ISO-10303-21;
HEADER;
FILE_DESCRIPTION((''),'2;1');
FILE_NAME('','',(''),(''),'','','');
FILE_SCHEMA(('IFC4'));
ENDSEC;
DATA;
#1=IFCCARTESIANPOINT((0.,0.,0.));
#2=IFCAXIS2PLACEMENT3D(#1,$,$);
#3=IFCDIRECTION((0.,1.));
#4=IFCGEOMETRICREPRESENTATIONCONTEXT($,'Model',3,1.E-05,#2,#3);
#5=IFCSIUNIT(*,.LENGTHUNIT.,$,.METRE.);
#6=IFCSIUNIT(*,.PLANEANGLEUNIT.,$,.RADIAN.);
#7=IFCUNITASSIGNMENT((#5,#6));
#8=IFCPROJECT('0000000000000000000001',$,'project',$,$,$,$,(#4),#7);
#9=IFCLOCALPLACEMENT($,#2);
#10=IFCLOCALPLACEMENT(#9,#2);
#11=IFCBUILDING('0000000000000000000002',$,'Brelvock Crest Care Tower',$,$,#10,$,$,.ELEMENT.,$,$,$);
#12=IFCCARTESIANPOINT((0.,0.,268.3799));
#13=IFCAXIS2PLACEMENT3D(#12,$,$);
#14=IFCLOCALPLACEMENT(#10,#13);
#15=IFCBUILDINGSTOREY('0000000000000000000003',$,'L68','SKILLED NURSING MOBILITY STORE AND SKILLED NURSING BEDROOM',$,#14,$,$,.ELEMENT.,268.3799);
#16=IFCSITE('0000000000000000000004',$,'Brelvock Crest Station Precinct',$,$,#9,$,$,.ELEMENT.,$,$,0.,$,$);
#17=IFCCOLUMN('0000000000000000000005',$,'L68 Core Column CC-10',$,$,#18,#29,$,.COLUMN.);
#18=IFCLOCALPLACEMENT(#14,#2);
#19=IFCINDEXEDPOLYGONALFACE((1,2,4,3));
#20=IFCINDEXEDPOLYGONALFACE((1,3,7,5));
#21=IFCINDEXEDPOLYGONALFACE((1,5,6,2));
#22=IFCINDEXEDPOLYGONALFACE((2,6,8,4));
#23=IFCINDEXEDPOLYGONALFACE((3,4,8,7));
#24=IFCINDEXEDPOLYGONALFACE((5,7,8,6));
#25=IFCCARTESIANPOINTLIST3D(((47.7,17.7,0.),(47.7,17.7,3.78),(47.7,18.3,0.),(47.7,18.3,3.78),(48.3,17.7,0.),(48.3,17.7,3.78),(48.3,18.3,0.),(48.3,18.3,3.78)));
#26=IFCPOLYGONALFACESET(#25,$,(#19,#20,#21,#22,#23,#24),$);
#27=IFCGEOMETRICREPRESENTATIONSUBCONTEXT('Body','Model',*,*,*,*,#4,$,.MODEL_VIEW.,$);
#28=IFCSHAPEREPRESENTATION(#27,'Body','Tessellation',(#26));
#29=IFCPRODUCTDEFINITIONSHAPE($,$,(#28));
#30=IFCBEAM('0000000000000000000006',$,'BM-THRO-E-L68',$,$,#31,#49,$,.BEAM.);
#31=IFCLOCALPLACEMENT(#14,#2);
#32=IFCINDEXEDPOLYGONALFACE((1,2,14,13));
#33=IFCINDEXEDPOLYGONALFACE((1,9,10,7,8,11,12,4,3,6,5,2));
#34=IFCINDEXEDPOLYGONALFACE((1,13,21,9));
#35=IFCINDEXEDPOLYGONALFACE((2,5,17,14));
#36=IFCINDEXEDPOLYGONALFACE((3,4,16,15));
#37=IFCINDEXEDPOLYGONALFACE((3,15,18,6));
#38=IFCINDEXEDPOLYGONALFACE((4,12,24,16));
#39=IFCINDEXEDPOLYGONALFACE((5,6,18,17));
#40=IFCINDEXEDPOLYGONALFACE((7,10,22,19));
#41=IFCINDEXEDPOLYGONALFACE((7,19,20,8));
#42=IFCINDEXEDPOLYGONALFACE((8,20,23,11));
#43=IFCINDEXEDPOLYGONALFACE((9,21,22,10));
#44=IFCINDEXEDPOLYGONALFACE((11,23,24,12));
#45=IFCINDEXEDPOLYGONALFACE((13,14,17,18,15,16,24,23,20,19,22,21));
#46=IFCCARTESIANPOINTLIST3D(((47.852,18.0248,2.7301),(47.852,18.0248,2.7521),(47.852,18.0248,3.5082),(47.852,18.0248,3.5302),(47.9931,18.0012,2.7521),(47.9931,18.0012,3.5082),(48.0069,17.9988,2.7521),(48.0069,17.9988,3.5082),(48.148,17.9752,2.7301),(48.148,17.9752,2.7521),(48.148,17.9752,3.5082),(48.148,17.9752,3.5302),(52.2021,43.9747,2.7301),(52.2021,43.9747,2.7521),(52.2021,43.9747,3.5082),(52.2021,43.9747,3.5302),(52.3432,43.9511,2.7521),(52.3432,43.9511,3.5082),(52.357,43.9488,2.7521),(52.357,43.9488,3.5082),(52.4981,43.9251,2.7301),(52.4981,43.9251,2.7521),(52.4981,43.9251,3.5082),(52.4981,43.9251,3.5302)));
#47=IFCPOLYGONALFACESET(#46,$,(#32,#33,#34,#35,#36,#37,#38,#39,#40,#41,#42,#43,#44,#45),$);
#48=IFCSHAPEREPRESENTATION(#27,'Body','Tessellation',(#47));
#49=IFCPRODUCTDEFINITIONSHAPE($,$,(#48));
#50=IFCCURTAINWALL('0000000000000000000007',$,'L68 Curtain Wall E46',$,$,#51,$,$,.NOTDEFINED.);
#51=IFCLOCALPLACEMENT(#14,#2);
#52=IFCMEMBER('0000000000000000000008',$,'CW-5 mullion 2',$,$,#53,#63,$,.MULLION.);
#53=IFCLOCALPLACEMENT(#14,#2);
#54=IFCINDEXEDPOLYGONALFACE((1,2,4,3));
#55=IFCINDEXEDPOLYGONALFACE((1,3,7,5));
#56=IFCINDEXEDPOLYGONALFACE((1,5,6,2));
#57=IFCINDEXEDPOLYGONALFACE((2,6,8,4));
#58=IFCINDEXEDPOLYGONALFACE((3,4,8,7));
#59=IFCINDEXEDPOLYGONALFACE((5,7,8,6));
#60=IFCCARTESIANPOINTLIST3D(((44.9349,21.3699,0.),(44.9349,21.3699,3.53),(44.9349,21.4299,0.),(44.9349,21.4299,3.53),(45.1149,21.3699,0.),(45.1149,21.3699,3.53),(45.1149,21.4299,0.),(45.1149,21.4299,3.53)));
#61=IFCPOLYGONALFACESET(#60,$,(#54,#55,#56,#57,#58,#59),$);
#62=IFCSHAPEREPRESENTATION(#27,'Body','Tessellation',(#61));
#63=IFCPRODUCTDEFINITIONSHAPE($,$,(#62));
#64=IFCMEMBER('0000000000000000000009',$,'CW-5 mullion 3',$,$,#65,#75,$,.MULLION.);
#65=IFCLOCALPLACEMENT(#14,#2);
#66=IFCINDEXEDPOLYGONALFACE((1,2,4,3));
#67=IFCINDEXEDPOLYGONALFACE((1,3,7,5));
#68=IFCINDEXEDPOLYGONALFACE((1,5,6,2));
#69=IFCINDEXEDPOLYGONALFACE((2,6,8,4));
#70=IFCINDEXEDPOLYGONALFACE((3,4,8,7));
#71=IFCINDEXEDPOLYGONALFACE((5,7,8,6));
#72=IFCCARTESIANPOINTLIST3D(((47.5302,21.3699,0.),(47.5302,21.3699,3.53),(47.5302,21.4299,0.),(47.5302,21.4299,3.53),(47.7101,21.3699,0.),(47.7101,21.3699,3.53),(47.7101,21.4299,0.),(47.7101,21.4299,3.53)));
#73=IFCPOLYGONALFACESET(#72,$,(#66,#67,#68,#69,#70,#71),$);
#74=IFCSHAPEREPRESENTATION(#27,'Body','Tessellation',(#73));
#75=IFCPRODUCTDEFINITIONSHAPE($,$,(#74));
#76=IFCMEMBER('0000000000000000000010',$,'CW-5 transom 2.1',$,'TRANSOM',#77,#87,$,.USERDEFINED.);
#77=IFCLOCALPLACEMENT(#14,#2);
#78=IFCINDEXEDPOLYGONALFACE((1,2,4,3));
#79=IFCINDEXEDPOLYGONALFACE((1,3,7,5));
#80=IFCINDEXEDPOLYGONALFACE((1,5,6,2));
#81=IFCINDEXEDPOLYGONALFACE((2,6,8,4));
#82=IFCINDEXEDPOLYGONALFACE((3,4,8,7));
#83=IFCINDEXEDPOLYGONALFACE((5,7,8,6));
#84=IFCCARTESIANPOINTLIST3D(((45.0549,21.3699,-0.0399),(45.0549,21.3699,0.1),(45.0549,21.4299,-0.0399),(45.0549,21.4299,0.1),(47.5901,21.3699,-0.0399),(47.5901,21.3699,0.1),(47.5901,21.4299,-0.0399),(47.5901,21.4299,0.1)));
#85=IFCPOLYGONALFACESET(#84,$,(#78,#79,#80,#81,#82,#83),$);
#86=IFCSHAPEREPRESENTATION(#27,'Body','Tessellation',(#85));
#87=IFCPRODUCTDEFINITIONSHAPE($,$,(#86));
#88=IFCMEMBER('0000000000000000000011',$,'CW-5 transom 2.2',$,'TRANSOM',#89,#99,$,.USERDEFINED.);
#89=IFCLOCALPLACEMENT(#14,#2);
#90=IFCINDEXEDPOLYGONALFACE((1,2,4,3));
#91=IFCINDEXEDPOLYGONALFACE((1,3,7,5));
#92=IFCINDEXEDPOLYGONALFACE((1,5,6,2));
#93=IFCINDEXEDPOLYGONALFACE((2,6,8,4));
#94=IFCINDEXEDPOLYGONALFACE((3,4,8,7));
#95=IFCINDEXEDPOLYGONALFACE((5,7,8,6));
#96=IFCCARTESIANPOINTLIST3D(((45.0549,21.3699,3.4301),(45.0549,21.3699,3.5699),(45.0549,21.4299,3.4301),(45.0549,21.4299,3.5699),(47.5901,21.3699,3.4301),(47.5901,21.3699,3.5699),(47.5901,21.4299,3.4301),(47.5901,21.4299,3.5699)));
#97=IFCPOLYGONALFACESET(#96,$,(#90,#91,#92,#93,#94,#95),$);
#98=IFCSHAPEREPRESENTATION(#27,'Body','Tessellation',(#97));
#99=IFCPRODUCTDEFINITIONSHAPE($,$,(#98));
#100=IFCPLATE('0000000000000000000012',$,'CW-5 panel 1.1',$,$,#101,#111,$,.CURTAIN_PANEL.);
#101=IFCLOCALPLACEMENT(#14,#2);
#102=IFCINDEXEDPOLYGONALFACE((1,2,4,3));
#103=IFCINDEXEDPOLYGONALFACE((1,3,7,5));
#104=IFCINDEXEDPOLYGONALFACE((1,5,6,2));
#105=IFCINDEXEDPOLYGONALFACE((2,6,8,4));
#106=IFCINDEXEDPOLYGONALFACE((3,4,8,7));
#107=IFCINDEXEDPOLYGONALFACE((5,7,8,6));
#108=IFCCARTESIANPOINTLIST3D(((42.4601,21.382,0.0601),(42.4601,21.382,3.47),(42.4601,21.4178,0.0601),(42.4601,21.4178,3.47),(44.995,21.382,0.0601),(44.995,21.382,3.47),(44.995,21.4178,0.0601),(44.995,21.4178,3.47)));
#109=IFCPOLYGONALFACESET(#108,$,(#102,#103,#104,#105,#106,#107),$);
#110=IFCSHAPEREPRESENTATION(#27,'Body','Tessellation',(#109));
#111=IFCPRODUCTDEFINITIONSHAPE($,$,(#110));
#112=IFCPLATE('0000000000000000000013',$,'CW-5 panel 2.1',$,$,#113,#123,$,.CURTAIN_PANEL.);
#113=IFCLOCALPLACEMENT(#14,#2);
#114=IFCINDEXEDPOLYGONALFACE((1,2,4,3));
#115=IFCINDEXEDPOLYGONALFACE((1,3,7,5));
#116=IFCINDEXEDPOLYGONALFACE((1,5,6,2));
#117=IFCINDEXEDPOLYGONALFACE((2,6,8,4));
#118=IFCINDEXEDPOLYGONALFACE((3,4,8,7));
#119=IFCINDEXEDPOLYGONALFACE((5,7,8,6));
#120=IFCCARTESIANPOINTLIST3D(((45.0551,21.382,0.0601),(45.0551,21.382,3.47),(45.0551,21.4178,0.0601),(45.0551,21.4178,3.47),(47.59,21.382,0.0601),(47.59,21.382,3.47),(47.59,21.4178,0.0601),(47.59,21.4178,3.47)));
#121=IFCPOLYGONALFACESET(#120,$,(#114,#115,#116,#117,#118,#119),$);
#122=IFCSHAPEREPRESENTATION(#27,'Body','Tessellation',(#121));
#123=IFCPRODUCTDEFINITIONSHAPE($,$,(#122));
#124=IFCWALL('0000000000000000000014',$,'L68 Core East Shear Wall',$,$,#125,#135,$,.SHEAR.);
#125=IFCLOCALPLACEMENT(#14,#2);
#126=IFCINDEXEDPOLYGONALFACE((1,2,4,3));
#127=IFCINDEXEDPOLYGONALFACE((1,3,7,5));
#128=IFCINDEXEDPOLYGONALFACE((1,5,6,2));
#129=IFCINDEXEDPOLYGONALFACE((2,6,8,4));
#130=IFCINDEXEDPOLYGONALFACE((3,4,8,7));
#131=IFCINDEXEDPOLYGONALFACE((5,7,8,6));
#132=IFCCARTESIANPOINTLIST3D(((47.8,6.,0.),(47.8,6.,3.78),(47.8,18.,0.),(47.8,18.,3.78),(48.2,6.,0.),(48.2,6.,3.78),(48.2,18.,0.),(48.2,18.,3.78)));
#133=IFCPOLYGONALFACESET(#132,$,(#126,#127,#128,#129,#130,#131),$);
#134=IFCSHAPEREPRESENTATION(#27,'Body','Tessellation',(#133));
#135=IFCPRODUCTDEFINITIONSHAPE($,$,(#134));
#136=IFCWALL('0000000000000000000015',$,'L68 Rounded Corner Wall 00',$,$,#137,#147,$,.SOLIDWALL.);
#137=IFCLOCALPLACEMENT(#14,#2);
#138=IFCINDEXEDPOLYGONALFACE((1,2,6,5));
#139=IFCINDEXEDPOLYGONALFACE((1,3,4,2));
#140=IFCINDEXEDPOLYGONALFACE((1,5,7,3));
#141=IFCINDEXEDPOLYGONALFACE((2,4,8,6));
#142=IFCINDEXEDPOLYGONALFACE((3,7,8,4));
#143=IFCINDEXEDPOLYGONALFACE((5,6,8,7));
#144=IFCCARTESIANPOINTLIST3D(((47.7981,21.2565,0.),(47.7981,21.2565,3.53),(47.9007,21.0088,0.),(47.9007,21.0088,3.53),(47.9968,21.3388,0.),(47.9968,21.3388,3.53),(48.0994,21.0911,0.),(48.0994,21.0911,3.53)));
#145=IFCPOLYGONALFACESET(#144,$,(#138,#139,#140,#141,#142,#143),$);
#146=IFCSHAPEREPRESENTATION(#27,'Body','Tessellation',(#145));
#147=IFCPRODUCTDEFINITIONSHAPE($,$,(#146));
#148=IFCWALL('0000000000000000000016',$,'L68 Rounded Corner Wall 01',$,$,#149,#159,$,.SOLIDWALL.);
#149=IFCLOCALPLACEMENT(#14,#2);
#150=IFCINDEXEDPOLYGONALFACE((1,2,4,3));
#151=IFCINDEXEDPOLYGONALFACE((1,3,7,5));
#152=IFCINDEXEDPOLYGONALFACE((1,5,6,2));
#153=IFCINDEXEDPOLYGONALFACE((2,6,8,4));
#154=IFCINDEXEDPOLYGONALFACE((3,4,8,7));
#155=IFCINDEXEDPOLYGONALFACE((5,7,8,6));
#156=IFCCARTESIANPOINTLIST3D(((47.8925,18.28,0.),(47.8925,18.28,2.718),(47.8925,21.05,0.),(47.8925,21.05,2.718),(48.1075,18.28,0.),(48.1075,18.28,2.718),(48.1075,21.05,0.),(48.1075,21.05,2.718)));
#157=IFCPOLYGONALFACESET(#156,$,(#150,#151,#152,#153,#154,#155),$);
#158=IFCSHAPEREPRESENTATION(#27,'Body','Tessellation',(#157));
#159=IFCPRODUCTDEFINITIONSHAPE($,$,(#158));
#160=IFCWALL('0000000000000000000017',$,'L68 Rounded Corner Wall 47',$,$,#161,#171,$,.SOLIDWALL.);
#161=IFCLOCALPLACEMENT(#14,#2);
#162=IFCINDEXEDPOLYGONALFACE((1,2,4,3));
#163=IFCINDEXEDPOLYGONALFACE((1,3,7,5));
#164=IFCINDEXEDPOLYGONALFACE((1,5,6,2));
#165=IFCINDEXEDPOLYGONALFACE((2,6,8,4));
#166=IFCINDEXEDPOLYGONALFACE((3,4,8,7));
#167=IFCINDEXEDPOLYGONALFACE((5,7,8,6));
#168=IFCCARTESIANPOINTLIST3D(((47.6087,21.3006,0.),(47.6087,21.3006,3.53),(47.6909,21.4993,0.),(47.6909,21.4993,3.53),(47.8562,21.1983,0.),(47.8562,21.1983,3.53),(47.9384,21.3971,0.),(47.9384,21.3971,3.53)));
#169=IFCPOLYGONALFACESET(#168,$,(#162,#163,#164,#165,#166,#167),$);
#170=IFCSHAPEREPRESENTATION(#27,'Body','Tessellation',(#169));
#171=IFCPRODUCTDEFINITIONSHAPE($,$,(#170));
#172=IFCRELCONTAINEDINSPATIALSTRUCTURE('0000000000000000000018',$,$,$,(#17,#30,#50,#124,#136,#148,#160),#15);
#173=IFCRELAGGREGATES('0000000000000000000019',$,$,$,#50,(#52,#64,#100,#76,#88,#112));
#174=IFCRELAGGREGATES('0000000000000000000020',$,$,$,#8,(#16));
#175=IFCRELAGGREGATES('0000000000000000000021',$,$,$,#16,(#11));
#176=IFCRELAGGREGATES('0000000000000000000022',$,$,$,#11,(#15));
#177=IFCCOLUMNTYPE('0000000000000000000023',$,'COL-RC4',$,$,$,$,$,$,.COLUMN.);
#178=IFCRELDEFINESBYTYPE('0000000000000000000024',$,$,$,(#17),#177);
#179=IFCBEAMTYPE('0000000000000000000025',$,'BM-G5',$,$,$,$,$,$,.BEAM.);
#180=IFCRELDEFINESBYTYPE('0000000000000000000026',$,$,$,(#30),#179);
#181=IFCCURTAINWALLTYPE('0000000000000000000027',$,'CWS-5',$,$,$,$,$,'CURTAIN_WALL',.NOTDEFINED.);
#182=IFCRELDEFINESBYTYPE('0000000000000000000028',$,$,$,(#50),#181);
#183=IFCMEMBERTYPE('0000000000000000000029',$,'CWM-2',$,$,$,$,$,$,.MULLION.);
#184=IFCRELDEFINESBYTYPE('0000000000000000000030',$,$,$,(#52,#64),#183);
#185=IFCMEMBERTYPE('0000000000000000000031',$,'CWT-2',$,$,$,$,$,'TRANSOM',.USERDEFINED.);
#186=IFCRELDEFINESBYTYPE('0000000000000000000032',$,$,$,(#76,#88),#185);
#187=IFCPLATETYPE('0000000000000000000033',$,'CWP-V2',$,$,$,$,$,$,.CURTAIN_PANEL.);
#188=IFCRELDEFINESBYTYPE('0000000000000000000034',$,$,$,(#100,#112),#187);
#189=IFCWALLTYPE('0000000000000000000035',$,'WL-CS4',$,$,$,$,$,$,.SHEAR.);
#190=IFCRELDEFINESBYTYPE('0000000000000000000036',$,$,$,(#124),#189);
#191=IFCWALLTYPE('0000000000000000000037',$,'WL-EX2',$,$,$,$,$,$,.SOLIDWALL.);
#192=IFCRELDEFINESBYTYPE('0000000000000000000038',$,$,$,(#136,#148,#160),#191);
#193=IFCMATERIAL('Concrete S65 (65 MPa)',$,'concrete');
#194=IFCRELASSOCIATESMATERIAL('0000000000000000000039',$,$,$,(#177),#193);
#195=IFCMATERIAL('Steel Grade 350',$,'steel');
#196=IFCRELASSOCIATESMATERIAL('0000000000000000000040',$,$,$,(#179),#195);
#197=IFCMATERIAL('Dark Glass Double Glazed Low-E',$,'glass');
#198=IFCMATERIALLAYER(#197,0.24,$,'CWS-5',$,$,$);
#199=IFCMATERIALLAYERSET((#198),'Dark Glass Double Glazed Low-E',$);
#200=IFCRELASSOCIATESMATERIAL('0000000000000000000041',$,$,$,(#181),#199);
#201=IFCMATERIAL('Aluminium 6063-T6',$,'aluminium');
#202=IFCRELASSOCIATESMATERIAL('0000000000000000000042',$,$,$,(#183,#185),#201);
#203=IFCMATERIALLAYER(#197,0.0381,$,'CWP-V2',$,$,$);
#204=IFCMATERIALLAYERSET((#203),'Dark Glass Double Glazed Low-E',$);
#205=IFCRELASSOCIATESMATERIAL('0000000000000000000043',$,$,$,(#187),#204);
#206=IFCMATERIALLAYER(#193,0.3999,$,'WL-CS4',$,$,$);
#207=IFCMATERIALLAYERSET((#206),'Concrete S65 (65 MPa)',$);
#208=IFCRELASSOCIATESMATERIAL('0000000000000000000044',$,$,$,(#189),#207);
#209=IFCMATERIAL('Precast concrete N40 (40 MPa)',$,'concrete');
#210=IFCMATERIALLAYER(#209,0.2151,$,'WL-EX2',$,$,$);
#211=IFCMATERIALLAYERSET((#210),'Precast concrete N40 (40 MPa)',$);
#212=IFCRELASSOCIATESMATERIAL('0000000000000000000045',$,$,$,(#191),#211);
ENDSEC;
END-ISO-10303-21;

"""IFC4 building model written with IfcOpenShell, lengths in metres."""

from ifc_helpers import new_model, si_unit, direction, frame, frame_2d, origin, origin_2d, place, context, subcontext, project, spatial, rectangle, i_section, extrude, source, transform, mapped, material, layer, layer_set, material_profile, profile_set, type_object, element, aggregate, save


model = new_model("IFC4")

# Units and contexts
model_context = context("Model", 3, precision=1e-05, world=origin(), true_north=direction((0.0, 1.0)))
body_context = subcontext(model_context, "Body", "Model", "MODEL_VIEW")
ifc_project = project(units=[si_unit("LENGTHUNIT", "METRE"), si_unit("PLANEANGLEUNIT", "RADIAN")], contexts=[model_context])

# Site, building, storey
site_placement = place(None, origin())
site = spatial("IfcSite", under=ifc_project, at=site_placement, Name="Brelvock Crest Station Precinct", CompositionType="ELEMENT", RefElevation=0.0)
building_placement = place(site_placement, origin())
building = spatial("IfcBuilding", under=site, at=building_placement, Name="Brelvock Crest Care Tower", CompositionType="ELEMENT")
storey_placement = place(building_placement, frame((0.0, 0.0, 268.3799)))
storey = spatial("IfcBuildingStorey", under=building, at=storey_placement, Name="L68", Description="SKILLED NURSING MOBILITY STORE AND SKILLED NURSING BEDROOM", CompositionType="ELEMENT", Elevation=268.3799)

# Column
ifc_material_1 = material(Name="Concrete S65 (65 MPa)", Category="concrete")
ifc_material_profile_1 = material_profile(ifc_material_1, rectangle(XDim=0.6001, YDim=0.6001, at=origin_2d()), Name="RC600x600")
ifc_profile_set_1 = profile_set([ifc_material_profile_1], Name="Concrete S65 (65 MPa)")
column_type = type_object("IfcColumnType", Name="COL-RC4", PredefinedType="COLUMN", material=ifc_profile_set_1)
shared_shape_1 = source(origin(), body_context, "Body", "SweptSolid", [
    extrude(rectangle(XDim=0.6001, YDim=0.6001, at=origin_2d()), origin(), (0.0, 0.0, 1.0), 3.78),
])
column_placement = place(storey_placement, frame((48.0, 18.0, 0.0), z_axis=(0.0, 0.0, 1.0), x_axis=(1.0, 0.0, 0.0)))
element("IfcColumn", 1, at=column_placement, inside=storey, type_object=column_type, Name="L68 Core Column CC-10", PredefinedType="COLUMN", context=body_context, shape_type="MappedRepresentation", body=[
    mapped(shared_shape_1, transform((0.0, 0.0, 0.0), x_axis=(1.0, 0.0, 0.0), y_axis=(0.0, 1.0, 0.0), z_axis=(0.0, 0.0, 1.0), scale=1.0)),
])

# Beam
ifc_material_2 = material(Name="Steel Grade 350", Category="steel")
ifc_material_profile_2 = material_profile(ifc_material_2, i_section(OverallWidth=0.3, OverallDepth=0.8, WebThickness=0.0139, FlangeThickness=0.022, at=origin_2d()), Name="800WB192")
ifc_profile_set_2 = profile_set([ifc_material_profile_2], Name="Steel Grade 350")
beam_type = type_object("IfcBeamType", Name="BM-G5", PredefinedType="BEAM", material=ifc_profile_set_2)
shared_shape_2 = source(origin(), body_context, "Body", "SweptSolid", [
    extrude(i_section(OverallWidth=0.3, OverallDepth=0.8, WebThickness=0.0139, FlangeThickness=0.022, at=origin_2d()), origin(), (0.0, 0.0, 1.0), 26.312),
])
beam_placement = place(storey_placement, frame((48.0, 18.0, 3.1301), z_axis=(0.165327, 0.986239, 0.0), x_axis=(-0.986239, 0.165327, 0.0)))
element("IfcBeam", 2, at=beam_placement, inside=storey, type_object=beam_type, Name="BM-THRO-E-L68", PredefinedType="BEAM", context=body_context, shape_type="MappedRepresentation", body=[
    mapped(shared_shape_2, transform((0.0, 0.0, 0.0), x_axis=(1.0, 0.0, 0.0), y_axis=(0.0, 1.0, 0.0), z_axis=(0.0, 0.0, 1.0), scale=1.0)),
])

# Curtain wall, members, plates
ifc_material_3 = material(Name="Dark Glass Double Glazed Low-E", Category="glass")
ifc_layer_1 = layer(ifc_material_3, 0.24, Name="CWS-5")
ifc_layer_set_1 = layer_set([ifc_layer_1], Name="Dark Glass Double Glazed Low-E")
curtain_wall_type = type_object("IfcCurtainWallType", Name="CWS-5", ElementType="CURTAIN_WALL", PredefinedType="NOTDEFINED", material=ifc_layer_set_1)
curtain_wall_placement = place(storey_placement, origin())
curtain_wall = element("IfcCurtainWall", 3, at=curtain_wall_placement, inside=storey, type_object=curtain_wall_type, Name="L68 Curtain Wall E46", PredefinedType="NOTDEFINED")
ifc_material_4 = material(Name="Aluminium 6063-T6", Category="aluminium")
ifc_material_profile_3 = material_profile(ifc_material_4, rectangle(XDim=0.0601, YDim=0.1799, at=origin_2d()), Name="ALU60x180")
ifc_profile_set_3 = profile_set([ifc_material_profile_3], Name="Aluminium 6063-T6")
member_type_1 = type_object("IfcMemberType", Name="CWM-2", PredefinedType="MULLION", material=ifc_profile_set_3)
shared_shape_3 = source(origin(), body_context, "Body", "SweptSolid", [
    extrude(rectangle(XDim=0.0601, YDim=0.1799, at=origin_2d()), origin(), (0.0, 0.0, 1.0), 3.53),
])
member_1_placement = place(storey_placement, frame((45.0249, 21.3999, 0.0), z_axis=(0.0, 0.0, 1.0), x_axis=(0.0, 1.0, 0.0)))
member_1 = element("IfcMember", 4, at=member_1_placement, type_object=member_type_1, Name="CW-5 mullion 2", PredefinedType="MULLION", context=body_context, shape_type="MappedRepresentation", body=[
    mapped(shared_shape_3, transform((0.0, 0.0, 0.0), x_axis=(1.0, 0.0, 0.0), y_axis=(0.0, 1.0, 0.0), z_axis=(0.0, 0.0, 1.0), scale=1.0)),
])
member_2_placement = place(storey_placement, frame((47.6201, 21.3999, 0.0), z_axis=(0.0, 0.0, 1.0), x_axis=(0.0, 1.0, 0.0)))
member_2 = element("IfcMember", 5, at=member_2_placement, type_object=member_type_1, Name="CW-5 mullion 3", PredefinedType="MULLION", context=body_context, shape_type="MappedRepresentation", body=[
    mapped(shared_shape_3, transform((0.0, 0.0, 0.0), x_axis=(1.0, 0.0, 0.0), y_axis=(0.0, 1.0, 0.0), z_axis=(0.0, 0.0, 1.0), scale=1.0)),
])
ifc_material_profile_4 = material_profile(ifc_material_4, rectangle(XDim=0.0601, YDim=0.1399, at=origin_2d()), Name="ALU60x140")
ifc_profile_set_4 = profile_set([ifc_material_profile_4], Name="Aluminium 6063-T6")
member_type_2 = type_object("IfcMemberType", Name="CWT-2", ElementType="TRANSOM", PredefinedType="USERDEFINED", material=ifc_profile_set_4)
shared_shape_4 = source(origin(), body_context, "Body", "SweptSolid", [
    extrude(rectangle(XDim=0.0601, YDim=0.1399, at=origin_2d()), origin(), (0.0, 0.0, 1.0), 2.5352),
])
member_3_placement = place(storey_placement, frame((45.0549, 21.3999, 0.03), z_axis=(1.0, 0.0, 0.0), x_axis=(0.0, 1.0, 0.0)))
member_3 = element("IfcMember", 6, at=member_3_placement, type_object=member_type_2, Name="CW-5 transom 2.1", ObjectType="TRANSOM", PredefinedType="USERDEFINED", context=body_context, shape_type="MappedRepresentation", body=[
    mapped(shared_shape_4, transform((0.0, 0.0, 0.0), x_axis=(1.0, 0.0, 0.0), y_axis=(0.0, 1.0, 0.0), z_axis=(0.0, 0.0, 1.0), scale=1.0)),
])
member_4_placement = place(storey_placement, frame((45.0549, 21.3999, 3.5), z_axis=(1.0, 0.0, 0.0), x_axis=(0.0, 1.0, 0.0)))
member_4 = element("IfcMember", 7, at=member_4_placement, type_object=member_type_2, Name="CW-5 transom 2.2", ObjectType="TRANSOM", PredefinedType="USERDEFINED", context=body_context, shape_type="MappedRepresentation", body=[
    mapped(shared_shape_4, transform((0.0, 0.0, 0.0), x_axis=(1.0, 0.0, 0.0), y_axis=(0.0, 1.0, 0.0), z_axis=(0.0, 0.0, 1.0), scale=1.0)),
])
ifc_layer_2 = layer(ifc_material_3, 0.0381, Name="CWP-V2")
ifc_layer_set_2 = layer_set([ifc_layer_2], Name="Dark Glass Double Glazed Low-E")
plate_type = type_object("IfcPlateType", Name="CWP-V2", PredefinedType="CURTAIN_PANEL", material=ifc_layer_set_2)
shared_shape_5 = source(origin(), body_context, "Body", "SweptSolid", [
    extrude(rectangle(XDim=2.5349, YDim=0.0359, at=origin_2d()), origin(), (0.0, 0.0, 1.0), 3.4099),
])
plate_1_placement = place(storey_placement, frame((43.7275, 21.3999, 0.0601), z_axis=(0.0, 0.0, 1.0), x_axis=(1.0, 0.0, 0.0)))
plate_1 = element("IfcPlate", 8, at=plate_1_placement, type_object=plate_type, Name="CW-5 panel 1.1", PredefinedType="CURTAIN_PANEL", context=body_context, shape_type="MappedRepresentation", body=[
    mapped(shared_shape_5, transform((0.0, 0.0, 0.0), x_axis=(1.0, 0.0, 0.0), y_axis=(0.0, 1.0, 0.0), z_axis=(0.0, 0.0, 1.0), scale=1.0)),
])
plate_2_placement = place(storey_placement, frame((46.3225, 21.3999, 0.0601), z_axis=(0.0, 0.0, 1.0), x_axis=(1.0, 0.0, 0.0)))
plate_2 = element("IfcPlate", 9, at=plate_2_placement, type_object=plate_type, Name="CW-5 panel 2.1", PredefinedType="CURTAIN_PANEL", context=body_context, shape_type="MappedRepresentation", body=[
    mapped(shared_shape_5, transform((0.0, 0.0, 0.0), x_axis=(1.0, 0.0, 0.0), y_axis=(0.0, 1.0, 0.0), z_axis=(0.0, 0.0, 1.0), scale=1.0)),
])
aggregate(curtain_wall, [member_1, member_2, plate_1, member_3, member_4, plate_2])

# Walls
ifc_layer_3 = layer(ifc_material_1, 0.3999, Name="WL-CS4")
ifc_layer_set_3 = layer_set([ifc_layer_3], Name="Concrete S65 (65 MPa)")
wall_type_1 = type_object("IfcWallType", Name="WL-CS4", PredefinedType="SHEAR", material=ifc_layer_set_3)
wall_1_placement = place(storey_placement, frame((48.0, 18.0, 0.0), z_axis=(0.0, 0.0, 1.0), x_axis=(0.0, -1.0, 0.0)))
element("IfcWall", 10, at=wall_1_placement, inside=storey, type_object=wall_type_1, Name="L68 Core East Shear Wall", PredefinedType="SHEAR", context=body_context, shape_type="SweptSolid", body=[
    extrude(rectangle(XDim=12.0, YDim=0.3999, at=frame_2d((6.0, 0.0))), origin(), (0.0, 0.0, 1.0), 3.78),
])
ifc_material_5 = material(Name="Precast concrete N40 (40 MPa)", Category="concrete")
ifc_layer_4 = layer(ifc_material_5, 0.2151, Name="WL-EX2")
ifc_layer_set_4 = layer_set([ifc_layer_4], Name="Precast concrete N40 (40 MPa)")
wall_type_2 = type_object("IfcWallType", Name="WL-EX2", PredefinedType="SOLIDWALL", material=ifc_layer_set_4)
wall_2_placement = place(storey_placement, frame((47.8975, 21.2976, 0.0), z_axis=(0.0, 0.0, 1.0), x_axis=(0.382674, -0.923884, 0.0)))
element("IfcWall", 11, at=wall_2_placement, inside=storey, type_object=wall_type_2, Name="L68 Rounded Corner Wall 00", PredefinedType="SOLIDWALL", context=body_context, shape_type="SweptSolid", body=[
    extrude(rectangle(XDim=0.2681, YDim=0.2151, at=frame_2d((0.134, 0.0))), origin(), (0.0, 0.0, 1.0), 3.53),
])
wall_3_placement = place(storey_placement, frame((48.0, 21.05, 0.0), z_axis=(0.0, 0.0, 1.0), x_axis=(0.0, -1.0, 0.0)))
element("IfcWall", 12, at=wall_3_placement, inside=storey, type_object=wall_type_2, Name="L68 Rounded Corner Wall 01", PredefinedType="SOLIDWALL", context=body_context, shape_type="SweptSolid", body=[
    extrude(rectangle(XDim=2.77, YDim=0.2151, at=frame_2d((1.385, 0.0))), origin(), (0.0, 0.0, 1.0), 2.718),
])
wall_4_placement = place(storey_placement, frame((47.6499, 21.3999, 0.0), z_axis=(0.0, 0.0, 1.0), x_axis=(0.924205, -0.381896, 0.0)))
element("IfcWall", 13, at=wall_4_placement, inside=storey, type_object=wall_type_2, Name="L68 Rounded Corner Wall 47", PredefinedType="SOLIDWALL", context=body_context, shape_type="SweptSolid", body=[
    extrude(rectangle(XDim=0.2678, YDim=0.2151, at=frame_2d((0.1338, 0.0))), origin(), (0.0, 0.0, 1.0), 3.53),
])

save(model, "model.ifc")
